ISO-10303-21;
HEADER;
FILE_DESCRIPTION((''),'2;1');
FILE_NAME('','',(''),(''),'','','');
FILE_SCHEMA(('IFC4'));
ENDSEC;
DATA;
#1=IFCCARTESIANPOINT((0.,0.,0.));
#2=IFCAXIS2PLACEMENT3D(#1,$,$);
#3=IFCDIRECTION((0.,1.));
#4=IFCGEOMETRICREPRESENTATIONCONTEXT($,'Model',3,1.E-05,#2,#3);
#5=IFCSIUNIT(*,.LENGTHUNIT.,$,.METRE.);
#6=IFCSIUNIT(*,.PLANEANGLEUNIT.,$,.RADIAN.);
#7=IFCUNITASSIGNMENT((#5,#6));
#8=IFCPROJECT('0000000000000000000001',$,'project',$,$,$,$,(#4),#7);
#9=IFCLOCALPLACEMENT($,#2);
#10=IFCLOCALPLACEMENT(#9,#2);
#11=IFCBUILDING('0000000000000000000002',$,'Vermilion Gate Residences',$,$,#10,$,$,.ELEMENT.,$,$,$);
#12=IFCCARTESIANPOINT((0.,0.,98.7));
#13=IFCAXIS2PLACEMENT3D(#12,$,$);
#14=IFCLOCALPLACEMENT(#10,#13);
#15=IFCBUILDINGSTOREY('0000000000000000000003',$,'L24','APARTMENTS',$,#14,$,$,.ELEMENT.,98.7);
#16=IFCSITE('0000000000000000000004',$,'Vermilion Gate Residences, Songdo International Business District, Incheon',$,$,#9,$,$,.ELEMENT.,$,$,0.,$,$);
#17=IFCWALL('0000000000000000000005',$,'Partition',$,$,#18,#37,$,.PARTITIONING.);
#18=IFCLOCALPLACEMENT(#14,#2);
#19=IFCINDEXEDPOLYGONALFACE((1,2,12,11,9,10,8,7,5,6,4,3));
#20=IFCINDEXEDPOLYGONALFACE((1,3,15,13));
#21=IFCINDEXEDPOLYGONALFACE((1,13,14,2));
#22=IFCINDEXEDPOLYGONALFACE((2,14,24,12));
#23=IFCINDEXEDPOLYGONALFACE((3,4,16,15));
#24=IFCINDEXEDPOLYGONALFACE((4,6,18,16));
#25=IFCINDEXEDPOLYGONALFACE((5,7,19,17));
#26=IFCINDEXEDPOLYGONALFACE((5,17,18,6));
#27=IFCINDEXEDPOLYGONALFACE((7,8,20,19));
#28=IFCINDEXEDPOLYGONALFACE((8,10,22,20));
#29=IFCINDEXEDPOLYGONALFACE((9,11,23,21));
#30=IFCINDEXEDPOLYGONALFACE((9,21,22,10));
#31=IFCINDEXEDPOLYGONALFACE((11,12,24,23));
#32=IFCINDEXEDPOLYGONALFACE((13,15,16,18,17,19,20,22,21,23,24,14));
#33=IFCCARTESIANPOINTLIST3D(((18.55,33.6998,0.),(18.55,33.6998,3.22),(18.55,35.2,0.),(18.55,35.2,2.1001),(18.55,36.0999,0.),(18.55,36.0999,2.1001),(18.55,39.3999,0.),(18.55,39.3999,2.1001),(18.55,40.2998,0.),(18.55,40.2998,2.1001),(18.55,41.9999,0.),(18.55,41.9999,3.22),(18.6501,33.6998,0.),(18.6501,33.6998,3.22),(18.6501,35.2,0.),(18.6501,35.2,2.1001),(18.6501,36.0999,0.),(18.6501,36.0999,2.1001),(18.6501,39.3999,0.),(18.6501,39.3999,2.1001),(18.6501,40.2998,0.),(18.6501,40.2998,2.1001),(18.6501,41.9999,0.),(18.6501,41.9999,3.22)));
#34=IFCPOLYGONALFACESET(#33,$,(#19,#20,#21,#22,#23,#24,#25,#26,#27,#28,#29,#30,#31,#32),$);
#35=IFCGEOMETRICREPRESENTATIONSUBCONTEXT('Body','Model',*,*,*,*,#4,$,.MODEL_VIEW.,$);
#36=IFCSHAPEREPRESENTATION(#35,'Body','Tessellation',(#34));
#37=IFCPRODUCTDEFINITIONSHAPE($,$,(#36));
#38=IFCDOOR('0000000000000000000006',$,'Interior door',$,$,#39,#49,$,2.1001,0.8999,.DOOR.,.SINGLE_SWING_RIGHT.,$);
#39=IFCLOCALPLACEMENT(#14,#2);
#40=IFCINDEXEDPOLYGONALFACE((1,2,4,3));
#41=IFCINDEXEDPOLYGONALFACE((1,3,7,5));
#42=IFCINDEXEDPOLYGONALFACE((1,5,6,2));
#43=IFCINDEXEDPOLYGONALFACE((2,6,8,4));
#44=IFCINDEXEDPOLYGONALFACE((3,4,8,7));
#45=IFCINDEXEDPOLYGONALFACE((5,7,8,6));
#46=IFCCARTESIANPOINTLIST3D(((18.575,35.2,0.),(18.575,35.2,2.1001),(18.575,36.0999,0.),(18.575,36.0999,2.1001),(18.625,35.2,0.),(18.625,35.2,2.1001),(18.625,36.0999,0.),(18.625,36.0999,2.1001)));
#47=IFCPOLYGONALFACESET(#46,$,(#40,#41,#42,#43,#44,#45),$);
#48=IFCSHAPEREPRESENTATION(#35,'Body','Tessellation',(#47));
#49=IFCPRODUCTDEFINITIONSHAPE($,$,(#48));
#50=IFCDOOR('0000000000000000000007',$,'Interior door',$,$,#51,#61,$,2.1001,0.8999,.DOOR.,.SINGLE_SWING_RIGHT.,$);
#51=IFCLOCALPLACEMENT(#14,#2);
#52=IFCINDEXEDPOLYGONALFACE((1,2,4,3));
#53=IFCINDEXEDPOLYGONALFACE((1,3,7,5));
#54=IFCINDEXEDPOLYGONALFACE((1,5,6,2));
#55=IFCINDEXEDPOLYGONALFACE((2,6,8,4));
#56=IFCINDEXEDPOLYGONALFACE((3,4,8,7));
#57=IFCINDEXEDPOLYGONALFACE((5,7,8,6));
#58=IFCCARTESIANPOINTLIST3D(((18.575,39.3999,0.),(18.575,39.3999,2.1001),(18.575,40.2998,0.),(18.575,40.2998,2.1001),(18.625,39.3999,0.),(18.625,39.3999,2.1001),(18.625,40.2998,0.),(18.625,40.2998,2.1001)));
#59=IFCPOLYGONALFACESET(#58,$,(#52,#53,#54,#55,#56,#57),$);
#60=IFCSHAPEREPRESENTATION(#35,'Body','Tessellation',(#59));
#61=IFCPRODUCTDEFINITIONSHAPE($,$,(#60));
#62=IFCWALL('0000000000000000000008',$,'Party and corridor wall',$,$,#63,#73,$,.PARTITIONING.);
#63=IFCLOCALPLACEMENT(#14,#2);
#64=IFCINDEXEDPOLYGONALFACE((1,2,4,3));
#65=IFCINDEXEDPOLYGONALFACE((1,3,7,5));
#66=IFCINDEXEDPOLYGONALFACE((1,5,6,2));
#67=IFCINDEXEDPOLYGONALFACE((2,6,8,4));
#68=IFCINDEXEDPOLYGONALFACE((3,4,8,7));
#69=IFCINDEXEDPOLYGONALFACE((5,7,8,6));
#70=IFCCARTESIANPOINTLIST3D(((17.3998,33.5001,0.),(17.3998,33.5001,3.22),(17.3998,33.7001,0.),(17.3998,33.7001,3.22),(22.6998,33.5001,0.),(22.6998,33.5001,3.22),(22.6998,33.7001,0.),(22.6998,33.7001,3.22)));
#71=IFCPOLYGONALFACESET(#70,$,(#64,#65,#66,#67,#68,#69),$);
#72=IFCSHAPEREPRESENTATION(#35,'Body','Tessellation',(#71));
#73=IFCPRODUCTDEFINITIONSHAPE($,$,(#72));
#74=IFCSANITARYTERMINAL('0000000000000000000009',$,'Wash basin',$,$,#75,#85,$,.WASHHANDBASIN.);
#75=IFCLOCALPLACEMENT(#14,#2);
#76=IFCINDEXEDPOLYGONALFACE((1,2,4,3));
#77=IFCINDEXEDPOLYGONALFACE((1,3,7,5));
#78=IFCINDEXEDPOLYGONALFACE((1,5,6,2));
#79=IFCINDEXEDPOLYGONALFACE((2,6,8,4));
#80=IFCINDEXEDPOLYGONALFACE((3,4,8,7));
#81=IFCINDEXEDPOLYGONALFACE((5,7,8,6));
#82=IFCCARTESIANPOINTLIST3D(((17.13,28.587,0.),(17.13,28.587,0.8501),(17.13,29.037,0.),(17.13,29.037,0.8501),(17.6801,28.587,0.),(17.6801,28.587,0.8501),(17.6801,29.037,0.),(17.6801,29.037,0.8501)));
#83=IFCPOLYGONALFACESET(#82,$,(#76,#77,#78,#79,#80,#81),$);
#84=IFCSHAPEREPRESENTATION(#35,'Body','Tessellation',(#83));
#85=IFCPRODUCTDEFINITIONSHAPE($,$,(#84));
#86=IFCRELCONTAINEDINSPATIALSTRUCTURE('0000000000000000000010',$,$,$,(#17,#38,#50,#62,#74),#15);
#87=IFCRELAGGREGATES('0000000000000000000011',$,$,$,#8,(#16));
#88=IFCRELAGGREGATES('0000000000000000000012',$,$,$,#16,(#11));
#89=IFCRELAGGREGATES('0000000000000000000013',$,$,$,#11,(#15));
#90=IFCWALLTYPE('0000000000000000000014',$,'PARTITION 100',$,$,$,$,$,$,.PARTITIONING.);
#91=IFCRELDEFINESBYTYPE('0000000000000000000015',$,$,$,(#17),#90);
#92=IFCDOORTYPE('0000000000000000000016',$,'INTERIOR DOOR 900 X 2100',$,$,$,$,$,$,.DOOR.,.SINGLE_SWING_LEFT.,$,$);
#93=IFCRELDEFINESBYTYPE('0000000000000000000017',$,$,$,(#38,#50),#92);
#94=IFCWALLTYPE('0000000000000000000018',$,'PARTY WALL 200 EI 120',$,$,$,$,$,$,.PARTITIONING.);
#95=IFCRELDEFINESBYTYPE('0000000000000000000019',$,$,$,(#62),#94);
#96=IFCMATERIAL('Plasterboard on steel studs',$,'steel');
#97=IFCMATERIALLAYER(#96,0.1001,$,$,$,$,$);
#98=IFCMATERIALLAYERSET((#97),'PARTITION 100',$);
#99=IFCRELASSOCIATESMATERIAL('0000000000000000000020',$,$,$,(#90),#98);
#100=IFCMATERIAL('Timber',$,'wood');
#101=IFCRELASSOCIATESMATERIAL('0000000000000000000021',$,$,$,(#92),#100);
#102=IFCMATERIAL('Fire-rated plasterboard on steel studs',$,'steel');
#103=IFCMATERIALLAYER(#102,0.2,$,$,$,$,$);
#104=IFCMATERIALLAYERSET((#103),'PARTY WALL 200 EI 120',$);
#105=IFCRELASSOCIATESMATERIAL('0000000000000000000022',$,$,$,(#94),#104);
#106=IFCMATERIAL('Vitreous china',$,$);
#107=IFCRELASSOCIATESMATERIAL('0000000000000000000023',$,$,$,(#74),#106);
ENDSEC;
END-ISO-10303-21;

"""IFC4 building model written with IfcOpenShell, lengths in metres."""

from ifc_helpers import new_model, si_unit, direction, frame, frame_2d, origin, origin_2d, place, context, subcontext, project, spatial, rectangle, extrude, material, layer, layer_set, type_object, element, fill, save


model = new_model("IFC4")

# Units and contexts
model_context = context("Model", 3, precision=1e-05, world=origin(), true_north=direction((0.0, 1.0)))
body_context = subcontext(model_context, "Body", "Model", "MODEL_VIEW")
ifc_project = project(units=[si_unit("LENGTHUNIT", "METRE"), si_unit("PLANEANGLEUNIT", "RADIAN")], contexts=[model_context])

# Site, building, storey
site_placement = place(None, origin())
site = spatial("IfcSite", under=ifc_project, at=site_placement, Name="Vermilion Gate Residences, Songdo International Business District, Incheon", CompositionType="ELEMENT", RefElevation=0.0)
building_placement = place(site_placement, origin())
building = spatial("IfcBuilding", under=site, at=building_placement, Name="Vermilion Gate Residences", CompositionType="ELEMENT")
storey_placement = place(building_placement, frame((0.0, 0.0, 98.7)))
storey = spatial("IfcBuildingStorey", under=building, at=storey_placement, Name="L24", Description="APARTMENTS", CompositionType="ELEMENT", Elevation=98.7)

# Shared definitions
ifc_material_1 = material(Name="Plasterboard on steel studs", Category="steel")
ifc_layer_1 = layer(ifc_material_1, 0.1001)
ifc_layer_set_1 = layer_set([ifc_layer_1], Name="PARTITION 100")
wall_type_1 = type_object("IfcWallType", Name="PARTITION 100", PredefinedType="PARTITIONING", material=ifc_layer_set_1)

# Wall, openings, doors
ifc_material_2 = material(Name="Timber", Category="wood")
door_type = type_object("IfcDoorType", Name="INTERIOR DOOR 900 X 2100", OperationType="SINGLE_SWING_LEFT", PredefinedType="DOOR", material=ifc_material_2)
wall_1_placement = place(storey_placement, frame((18.6001, 33.7, 0.0), z_axis=(0.0, 0.0, 1.0), x_axis=(0.0, 1.0, 0.0)))
wall_1 = element("IfcWall", 1, at=wall_1_placement, inside=storey, type_object=wall_type_1, Name="Partition", PredefinedType="PARTITIONING", context=body_context, shape_type="SweptSolid", body=[
    extrude(rectangle(XDim=8.3, YDim=0.1001, at=frame_2d((4.1499, 0.0))), origin(), (0.0, 0.0, 1.0), 3.22),
])
opening_1_placement = place(wall_1_placement, frame((1.5, 0.0, 0.0)))
opening_1 = element("IfcOpeningElement", 2, at=opening_1_placement, cuts=wall_1, PredefinedType="OPENING", context=body_context, shape_type="SweptSolid", body=[
    extrude(rectangle(XDim=0.8999, YDim=2.1001, at=frame_2d((0.45, 1.05))), frame((0.0, 0.0601, 0.0), z_axis=(0.0, -1.0, 0.0), x_axis=(1.0, 0.0, 0.0)), (0.0, 0.0, 1.0), 0.1201),
])
opening_2_placement = place(wall_1_placement, frame((5.7, 0.0, 0.0)))
opening_2 = element("IfcOpeningElement", 3, at=opening_2_placement, cuts=wall_1, PredefinedType="OPENING", context=body_context, shape_type="SweptSolid", body=[
    extrude(rectangle(XDim=0.8999, YDim=2.1001, at=frame_2d((0.45, 1.05))), frame((0.0, 0.0601, 0.0), z_axis=(0.0, -1.0, 0.0), x_axis=(1.0, 0.0, 0.0)), (0.0, 0.0, 1.0), 0.1201),
])
door_1_placement = place(opening_1_placement, frame((0.8999, 0.0, 0.0), z_axis=(0.0, 0.0, 1.0), x_axis=(-1.0, 0.0, 0.0)))
door_1 = element("IfcDoor", 4, at=door_1_placement, inside=storey, type_object=door_type, Name="Interior door", OperationType="SINGLE_SWING_RIGHT", OverallHeight=2.1001, OverallWidth=0.8999, PredefinedType="DOOR", context=body_context, shape_type="SweptSolid", body=[
    extrude(rectangle(XDim=0.8999, YDim=2.1001, at=frame_2d((0.45, 1.05))), frame((0.0, 0.0249, 0.0), z_axis=(0.0, -1.0, 0.0), x_axis=(1.0, 0.0, 0.0)), (0.0, 0.0, 1.0), 0.05),
])
fill(opening_1, door_1)
door_2_placement = place(opening_2_placement, frame((0.8999, 0.0, 0.0), z_axis=(0.0, 0.0, 1.0), x_axis=(-1.0, 0.0, 0.0)))
door_2 = element("IfcDoor", 5, at=door_2_placement, inside=storey, type_object=door_type, Name="Interior door", OperationType="SINGLE_SWING_RIGHT", OverallHeight=2.1001, OverallWidth=0.8999, PredefinedType="DOOR", context=body_context, shape_type="SweptSolid", body=[
    extrude(rectangle(XDim=0.8999, YDim=2.1001, at=frame_2d((0.45, 1.05))), frame((0.0, 0.0249, 0.0), z_axis=(0.0, -1.0, 0.0), x_axis=(1.0, 0.0, 0.0)), (0.0, 0.0, 1.0), 0.05),
])
fill(opening_2, door_2)

# Wall
ifc_material_3 = material(Name="Fire-rated plasterboard on steel studs", Category="steel")
ifc_layer_2 = layer(ifc_material_3, 0.2)
ifc_layer_set_2 = layer_set([ifc_layer_2], Name="PARTY WALL 200 EI 120")
wall_type_2 = type_object("IfcWallType", Name="PARTY WALL 200 EI 120", PredefinedType="PARTITIONING", material=ifc_layer_set_2)
wall_2_placement = place(storey_placement, frame((17.3999, 33.6001, 0.0), z_axis=(0.0, 0.0, 1.0), x_axis=(1.0, 0.0, 0.0)))
element("IfcWall", 6, at=wall_2_placement, inside=storey, type_object=wall_type_2, Name="Party and corridor wall", PredefinedType="PARTITIONING", context=body_context, shape_type="SweptSolid", body=[
    extrude(rectangle(XDim=5.3, YDim=0.2, at=frame_2d((2.6499, 0.0))), origin(), (0.0, 0.0, 1.0), 3.22),
])

# Sanitary terminal
ifc_material_4 = material(Name="Vitreous china")
sanitary_terminal_placement = place(storey_placement, frame((17.405, 28.812, 0.0), z_axis=(0.0, 0.0, 1.0), x_axis=(1.0, 0.0, 0.0)))
element("IfcSanitaryTerminal", 7, at=sanitary_terminal_placement, inside=storey, material=ifc_material_4, Name="Wash basin", PredefinedType="WASHHANDBASIN", context=body_context, shape_type="SweptSolid", body=[
    extrude(rectangle(XDim=0.55, YDim=0.45, at=origin_2d()), origin(), (0.0, 0.0, 1.0), 0.8501),
])

save(model, "model.ifc")
